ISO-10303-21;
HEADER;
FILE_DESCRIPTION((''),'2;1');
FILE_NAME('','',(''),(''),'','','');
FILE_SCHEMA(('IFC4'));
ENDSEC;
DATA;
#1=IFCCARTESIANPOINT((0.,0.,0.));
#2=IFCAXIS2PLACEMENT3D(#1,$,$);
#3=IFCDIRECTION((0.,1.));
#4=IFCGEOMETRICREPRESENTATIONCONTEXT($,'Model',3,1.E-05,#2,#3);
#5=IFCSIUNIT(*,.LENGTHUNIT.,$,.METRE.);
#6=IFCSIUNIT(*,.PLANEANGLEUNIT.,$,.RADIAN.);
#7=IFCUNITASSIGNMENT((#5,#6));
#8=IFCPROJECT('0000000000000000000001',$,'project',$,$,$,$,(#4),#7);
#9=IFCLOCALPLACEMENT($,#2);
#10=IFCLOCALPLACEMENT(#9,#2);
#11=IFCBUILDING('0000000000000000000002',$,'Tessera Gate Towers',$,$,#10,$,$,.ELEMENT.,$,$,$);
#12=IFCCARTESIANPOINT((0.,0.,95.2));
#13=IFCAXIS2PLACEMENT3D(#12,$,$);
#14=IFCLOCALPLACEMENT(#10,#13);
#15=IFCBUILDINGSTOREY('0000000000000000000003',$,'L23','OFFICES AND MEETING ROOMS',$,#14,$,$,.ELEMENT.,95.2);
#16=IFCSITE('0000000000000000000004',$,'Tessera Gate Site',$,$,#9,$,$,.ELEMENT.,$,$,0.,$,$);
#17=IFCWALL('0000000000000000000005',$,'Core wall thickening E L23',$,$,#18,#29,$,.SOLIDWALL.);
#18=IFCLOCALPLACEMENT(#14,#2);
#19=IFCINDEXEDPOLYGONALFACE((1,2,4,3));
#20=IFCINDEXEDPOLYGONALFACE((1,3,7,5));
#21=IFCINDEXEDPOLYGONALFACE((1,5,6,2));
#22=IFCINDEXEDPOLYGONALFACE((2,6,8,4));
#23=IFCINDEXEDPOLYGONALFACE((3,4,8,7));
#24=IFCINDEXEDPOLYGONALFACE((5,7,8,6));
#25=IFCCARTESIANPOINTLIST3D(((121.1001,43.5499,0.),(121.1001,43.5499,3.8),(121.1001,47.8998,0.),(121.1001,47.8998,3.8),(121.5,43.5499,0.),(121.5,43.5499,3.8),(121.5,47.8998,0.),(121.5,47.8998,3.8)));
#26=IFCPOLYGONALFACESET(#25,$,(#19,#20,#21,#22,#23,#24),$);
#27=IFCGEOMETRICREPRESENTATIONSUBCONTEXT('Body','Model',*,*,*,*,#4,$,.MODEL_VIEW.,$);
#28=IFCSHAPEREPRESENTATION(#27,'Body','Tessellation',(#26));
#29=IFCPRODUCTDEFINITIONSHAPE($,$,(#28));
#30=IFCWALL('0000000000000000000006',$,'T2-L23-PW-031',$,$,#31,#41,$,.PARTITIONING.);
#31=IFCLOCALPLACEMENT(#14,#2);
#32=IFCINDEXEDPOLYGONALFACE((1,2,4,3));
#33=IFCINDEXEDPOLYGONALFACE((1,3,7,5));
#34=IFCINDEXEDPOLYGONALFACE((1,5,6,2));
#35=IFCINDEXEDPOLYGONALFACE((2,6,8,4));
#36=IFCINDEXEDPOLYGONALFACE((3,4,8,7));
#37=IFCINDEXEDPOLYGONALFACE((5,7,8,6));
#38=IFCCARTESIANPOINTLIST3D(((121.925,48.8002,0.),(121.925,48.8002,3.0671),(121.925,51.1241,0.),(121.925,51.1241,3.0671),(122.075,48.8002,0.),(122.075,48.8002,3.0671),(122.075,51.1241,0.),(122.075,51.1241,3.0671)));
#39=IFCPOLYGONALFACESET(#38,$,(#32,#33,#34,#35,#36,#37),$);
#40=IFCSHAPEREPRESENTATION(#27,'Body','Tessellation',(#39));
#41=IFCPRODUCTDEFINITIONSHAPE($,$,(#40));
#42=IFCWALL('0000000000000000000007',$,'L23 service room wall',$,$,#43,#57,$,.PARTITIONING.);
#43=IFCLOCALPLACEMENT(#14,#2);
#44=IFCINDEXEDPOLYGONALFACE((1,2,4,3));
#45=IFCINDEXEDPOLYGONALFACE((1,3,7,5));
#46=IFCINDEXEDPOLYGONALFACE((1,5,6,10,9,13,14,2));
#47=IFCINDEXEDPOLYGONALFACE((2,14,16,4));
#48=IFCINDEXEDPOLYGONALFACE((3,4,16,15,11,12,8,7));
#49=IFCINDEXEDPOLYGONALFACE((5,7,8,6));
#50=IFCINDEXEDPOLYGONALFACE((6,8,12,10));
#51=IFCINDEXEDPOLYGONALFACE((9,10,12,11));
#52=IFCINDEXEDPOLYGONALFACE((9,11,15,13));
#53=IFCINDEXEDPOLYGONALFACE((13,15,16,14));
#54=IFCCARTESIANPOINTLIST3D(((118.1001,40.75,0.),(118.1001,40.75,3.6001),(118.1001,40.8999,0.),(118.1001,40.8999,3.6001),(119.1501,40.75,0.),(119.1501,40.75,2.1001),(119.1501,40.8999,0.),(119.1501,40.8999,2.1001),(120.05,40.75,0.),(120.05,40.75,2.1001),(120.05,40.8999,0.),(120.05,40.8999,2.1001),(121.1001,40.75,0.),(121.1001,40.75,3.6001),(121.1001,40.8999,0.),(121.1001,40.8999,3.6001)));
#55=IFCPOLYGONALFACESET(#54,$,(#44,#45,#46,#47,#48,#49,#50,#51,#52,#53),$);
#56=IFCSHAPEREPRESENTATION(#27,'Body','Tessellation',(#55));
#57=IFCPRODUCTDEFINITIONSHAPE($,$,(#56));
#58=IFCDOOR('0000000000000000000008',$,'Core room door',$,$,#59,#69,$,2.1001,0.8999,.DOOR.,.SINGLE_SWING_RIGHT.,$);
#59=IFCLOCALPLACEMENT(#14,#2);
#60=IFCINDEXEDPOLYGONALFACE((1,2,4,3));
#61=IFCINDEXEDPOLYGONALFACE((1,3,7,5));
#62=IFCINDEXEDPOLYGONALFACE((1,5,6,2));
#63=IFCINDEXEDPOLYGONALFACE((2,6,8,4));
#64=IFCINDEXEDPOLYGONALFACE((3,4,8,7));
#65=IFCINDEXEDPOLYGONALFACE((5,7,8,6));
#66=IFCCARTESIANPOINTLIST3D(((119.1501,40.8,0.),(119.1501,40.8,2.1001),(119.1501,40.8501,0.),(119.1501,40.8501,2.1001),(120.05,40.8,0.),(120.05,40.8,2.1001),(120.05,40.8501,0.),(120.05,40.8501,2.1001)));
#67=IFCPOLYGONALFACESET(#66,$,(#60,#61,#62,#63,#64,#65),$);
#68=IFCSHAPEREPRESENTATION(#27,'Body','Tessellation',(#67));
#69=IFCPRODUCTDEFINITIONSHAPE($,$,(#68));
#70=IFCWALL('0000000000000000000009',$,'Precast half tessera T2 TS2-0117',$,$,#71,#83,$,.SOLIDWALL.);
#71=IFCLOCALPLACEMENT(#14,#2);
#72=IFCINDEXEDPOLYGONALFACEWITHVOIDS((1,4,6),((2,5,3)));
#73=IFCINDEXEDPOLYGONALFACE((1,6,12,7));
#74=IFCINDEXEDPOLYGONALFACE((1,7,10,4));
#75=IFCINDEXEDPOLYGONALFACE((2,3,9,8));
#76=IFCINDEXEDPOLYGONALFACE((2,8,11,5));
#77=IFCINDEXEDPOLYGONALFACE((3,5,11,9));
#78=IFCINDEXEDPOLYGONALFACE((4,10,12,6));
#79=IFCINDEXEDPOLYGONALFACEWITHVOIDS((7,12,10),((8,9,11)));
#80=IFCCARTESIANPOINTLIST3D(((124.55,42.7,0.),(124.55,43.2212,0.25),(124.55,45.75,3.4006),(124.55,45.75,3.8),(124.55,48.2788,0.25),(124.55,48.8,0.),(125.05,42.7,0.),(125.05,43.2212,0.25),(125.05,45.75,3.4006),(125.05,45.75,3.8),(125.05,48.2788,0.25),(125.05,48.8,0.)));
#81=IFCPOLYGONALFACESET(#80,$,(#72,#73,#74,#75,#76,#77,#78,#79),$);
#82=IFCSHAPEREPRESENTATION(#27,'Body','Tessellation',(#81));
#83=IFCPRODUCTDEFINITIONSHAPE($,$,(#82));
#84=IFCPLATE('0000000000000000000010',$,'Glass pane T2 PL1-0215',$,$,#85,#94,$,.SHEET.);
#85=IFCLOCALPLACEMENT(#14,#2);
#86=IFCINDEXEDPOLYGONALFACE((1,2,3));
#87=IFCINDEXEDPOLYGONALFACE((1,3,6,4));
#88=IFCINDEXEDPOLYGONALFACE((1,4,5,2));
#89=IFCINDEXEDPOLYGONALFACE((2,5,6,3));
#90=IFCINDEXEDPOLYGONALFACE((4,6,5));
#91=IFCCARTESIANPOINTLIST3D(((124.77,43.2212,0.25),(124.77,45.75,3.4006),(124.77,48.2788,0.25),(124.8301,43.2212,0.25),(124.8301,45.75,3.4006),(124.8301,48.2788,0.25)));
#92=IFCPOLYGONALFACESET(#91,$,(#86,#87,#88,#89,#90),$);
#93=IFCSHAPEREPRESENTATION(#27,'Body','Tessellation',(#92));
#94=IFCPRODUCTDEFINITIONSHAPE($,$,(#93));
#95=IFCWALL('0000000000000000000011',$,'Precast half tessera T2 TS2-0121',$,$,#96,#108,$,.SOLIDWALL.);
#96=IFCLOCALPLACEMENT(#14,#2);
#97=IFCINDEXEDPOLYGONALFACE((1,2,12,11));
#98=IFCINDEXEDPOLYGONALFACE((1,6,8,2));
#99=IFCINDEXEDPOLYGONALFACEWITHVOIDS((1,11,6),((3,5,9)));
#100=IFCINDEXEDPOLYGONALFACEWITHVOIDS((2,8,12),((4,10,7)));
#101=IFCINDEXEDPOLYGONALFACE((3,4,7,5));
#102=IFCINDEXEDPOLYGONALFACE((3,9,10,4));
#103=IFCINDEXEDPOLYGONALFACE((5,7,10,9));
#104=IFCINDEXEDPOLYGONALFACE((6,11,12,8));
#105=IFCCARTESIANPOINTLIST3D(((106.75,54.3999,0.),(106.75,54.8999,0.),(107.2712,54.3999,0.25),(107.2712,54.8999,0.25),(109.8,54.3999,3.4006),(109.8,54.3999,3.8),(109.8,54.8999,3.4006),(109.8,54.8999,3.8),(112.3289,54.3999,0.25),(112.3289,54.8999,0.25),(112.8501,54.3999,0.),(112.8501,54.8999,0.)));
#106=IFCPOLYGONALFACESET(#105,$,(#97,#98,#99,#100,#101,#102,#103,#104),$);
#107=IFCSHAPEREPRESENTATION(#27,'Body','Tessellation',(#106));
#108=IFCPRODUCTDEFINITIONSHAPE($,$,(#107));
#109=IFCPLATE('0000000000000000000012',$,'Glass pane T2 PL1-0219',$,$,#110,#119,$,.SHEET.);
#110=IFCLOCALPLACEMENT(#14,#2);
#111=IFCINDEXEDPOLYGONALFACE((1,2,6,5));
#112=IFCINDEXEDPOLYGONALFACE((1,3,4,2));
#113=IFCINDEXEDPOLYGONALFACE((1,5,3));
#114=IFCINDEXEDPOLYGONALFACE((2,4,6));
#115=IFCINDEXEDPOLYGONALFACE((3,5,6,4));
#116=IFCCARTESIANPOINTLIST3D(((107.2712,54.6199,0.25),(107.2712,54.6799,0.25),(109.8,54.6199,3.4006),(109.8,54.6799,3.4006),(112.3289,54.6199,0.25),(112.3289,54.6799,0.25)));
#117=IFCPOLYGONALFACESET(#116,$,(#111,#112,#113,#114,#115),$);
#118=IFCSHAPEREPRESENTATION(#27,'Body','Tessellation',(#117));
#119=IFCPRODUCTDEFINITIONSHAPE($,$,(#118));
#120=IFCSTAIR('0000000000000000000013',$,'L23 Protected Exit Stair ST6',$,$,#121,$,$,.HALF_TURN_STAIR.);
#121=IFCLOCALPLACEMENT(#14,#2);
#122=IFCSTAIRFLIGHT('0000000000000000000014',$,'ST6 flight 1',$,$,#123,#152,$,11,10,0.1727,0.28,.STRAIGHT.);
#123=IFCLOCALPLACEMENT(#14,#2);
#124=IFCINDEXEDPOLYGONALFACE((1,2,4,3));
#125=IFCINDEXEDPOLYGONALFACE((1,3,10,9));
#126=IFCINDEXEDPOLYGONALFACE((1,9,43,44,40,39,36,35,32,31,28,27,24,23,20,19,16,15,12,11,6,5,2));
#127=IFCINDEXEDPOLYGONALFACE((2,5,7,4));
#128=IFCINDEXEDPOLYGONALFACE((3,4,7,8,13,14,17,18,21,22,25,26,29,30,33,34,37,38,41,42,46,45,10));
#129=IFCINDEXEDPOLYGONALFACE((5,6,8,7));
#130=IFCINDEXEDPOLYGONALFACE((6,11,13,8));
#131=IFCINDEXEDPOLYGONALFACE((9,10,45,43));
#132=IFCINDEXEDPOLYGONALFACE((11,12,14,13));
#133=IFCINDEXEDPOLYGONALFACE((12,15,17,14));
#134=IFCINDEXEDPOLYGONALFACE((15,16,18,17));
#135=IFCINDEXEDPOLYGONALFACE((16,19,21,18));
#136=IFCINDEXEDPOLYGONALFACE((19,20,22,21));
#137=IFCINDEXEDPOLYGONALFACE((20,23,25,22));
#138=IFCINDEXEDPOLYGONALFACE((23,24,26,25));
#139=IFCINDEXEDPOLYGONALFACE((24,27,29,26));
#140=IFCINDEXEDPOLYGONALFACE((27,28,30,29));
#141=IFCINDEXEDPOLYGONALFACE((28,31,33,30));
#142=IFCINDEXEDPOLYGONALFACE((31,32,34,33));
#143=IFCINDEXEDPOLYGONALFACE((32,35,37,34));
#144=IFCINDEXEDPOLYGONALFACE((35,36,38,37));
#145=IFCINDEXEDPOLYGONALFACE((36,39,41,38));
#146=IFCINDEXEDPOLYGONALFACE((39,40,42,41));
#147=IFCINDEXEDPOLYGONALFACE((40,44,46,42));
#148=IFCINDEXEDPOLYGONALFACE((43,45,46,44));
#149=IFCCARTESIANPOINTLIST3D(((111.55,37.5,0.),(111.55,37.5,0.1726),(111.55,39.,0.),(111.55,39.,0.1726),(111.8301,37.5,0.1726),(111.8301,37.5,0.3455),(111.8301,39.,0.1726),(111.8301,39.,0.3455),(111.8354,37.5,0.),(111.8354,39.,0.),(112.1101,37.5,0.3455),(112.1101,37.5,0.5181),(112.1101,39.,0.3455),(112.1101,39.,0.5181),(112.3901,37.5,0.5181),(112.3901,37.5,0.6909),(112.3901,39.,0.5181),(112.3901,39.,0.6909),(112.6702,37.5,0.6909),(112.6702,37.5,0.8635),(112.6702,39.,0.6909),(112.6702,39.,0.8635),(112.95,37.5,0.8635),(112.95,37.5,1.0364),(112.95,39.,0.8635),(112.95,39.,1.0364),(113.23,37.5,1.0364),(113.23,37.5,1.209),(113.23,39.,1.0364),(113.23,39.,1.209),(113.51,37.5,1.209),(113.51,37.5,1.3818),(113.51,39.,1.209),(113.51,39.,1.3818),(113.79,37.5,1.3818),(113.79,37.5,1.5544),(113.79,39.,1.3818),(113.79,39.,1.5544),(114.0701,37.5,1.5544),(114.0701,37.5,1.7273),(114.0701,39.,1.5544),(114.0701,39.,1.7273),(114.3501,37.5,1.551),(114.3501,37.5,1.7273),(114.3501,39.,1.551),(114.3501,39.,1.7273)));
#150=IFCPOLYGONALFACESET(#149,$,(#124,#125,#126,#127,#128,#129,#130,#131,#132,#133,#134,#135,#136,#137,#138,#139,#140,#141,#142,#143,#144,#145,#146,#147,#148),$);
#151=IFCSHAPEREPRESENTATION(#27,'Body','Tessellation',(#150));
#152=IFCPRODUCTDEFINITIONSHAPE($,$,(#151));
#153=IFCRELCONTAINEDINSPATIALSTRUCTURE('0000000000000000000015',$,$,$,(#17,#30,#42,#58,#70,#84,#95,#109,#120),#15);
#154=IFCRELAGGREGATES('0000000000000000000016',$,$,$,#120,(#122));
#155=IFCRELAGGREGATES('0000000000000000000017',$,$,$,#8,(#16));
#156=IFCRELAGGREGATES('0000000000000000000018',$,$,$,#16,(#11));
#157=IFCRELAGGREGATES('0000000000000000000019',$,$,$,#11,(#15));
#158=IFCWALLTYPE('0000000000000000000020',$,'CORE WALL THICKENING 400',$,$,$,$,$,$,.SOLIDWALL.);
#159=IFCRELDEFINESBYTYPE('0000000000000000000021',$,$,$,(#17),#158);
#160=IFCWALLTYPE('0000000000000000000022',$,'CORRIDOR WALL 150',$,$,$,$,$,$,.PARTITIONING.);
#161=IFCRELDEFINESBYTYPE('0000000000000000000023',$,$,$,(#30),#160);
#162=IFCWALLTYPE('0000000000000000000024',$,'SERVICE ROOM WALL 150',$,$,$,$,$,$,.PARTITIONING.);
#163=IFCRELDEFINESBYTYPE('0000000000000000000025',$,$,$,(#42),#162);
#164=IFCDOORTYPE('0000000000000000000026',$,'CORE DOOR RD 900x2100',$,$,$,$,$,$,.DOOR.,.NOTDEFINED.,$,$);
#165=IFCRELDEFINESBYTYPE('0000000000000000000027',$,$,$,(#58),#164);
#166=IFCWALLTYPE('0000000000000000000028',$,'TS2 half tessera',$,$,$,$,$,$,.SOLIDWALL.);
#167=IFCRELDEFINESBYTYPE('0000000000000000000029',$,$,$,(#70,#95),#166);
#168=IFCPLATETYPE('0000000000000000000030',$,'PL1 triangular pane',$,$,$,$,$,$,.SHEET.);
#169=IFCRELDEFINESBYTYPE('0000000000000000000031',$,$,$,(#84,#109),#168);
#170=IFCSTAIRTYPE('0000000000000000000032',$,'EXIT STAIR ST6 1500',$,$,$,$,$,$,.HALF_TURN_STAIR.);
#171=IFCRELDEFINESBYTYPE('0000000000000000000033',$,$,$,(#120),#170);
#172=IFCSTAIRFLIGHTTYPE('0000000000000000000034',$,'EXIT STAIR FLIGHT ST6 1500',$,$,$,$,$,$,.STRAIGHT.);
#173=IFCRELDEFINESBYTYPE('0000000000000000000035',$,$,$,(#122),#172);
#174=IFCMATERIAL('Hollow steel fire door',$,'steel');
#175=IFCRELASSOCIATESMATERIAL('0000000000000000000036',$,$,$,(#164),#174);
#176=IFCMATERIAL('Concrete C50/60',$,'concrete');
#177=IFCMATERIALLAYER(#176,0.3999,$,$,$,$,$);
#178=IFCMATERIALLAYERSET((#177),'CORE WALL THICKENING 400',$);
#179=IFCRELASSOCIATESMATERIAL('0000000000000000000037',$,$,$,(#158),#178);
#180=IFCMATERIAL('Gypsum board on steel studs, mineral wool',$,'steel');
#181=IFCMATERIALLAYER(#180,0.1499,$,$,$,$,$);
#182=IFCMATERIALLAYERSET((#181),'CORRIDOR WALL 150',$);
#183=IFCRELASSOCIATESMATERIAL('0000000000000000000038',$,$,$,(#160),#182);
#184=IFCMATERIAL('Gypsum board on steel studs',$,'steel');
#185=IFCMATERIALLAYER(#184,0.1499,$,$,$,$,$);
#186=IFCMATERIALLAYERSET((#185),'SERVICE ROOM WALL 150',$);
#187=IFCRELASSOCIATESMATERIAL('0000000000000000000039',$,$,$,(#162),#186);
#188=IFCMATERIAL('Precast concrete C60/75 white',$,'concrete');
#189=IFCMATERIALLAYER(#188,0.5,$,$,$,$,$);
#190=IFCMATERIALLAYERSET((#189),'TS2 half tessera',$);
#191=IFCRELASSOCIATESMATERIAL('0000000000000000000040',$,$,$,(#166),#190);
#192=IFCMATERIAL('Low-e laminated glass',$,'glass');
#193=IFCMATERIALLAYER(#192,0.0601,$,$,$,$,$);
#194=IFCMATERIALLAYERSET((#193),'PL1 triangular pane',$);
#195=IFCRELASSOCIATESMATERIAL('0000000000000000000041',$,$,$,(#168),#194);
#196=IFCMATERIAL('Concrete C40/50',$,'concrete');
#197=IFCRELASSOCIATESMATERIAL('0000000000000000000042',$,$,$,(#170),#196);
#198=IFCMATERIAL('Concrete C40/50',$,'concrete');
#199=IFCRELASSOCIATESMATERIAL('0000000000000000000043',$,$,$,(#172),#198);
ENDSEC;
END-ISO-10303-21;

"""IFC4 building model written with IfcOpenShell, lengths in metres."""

from ifc_helpers import new_model, si_unit, direction, frame, frame_2d, origin, place, context, subcontext, project, spatial, polyline, rectangle, outline, extrude, source, transform, mapped, material, layer, layer_set, type_object, element, fill, aggregate, save


model = new_model("IFC4")

# Units and contexts
model_context = context("Model", 3, precision=1e-05, world=origin(), true_north=direction((0.0, 1.0)))
body_context = subcontext(model_context, "Body", "Model", "MODEL_VIEW")
ifc_project = project(units=[si_unit("LENGTHUNIT", "METRE"), si_unit("PLANEANGLEUNIT", "RADIAN")], contexts=[model_context])

# Site, building, storey
site_placement = place(None, origin())
site = spatial("IfcSite", under=ifc_project, at=site_placement, Name="Tessera Gate Site", CompositionType="ELEMENT", RefElevation=0.0)
building_placement = place(site_placement, origin())
building = spatial("IfcBuilding", under=site, at=building_placement, Name="Tessera Gate Towers", CompositionType="ELEMENT")
storey_placement = place(building_placement, frame((0.0, 0.0, 95.2)))
storey = spatial("IfcBuildingStorey", under=building, at=storey_placement, Name="L23", Description="OFFICES AND MEETING ROOMS", CompositionType="ELEMENT", Elevation=95.2)

# Shared definitions
ifc_material_1 = material(Name="Hollow steel fire door", Category="steel")
door_type_1 = type_object("IfcDoorType", Name="CORE DOOR RD 900x2100", OperationType="NOTDEFINED", PredefinedType="DOOR", material=ifc_material_1)
shared_shape_1 = source(origin(), body_context, "Body", "SweptSolid", [
    extrude(rectangle(XDim=0.8999, YDim=2.1001, at=frame_2d((0.45, 1.05))), frame((0.0, 0.0249, 0.0), z_axis=(0.0, -1.0, 0.0), x_axis=(1.0, 0.0, 0.0)), (0.0, 0.0, 1.0), 0.05),
])

# Walls
ifc_material_2 = material(Name="Concrete C50/60", Category="concrete")
ifc_layer_1 = layer(ifc_material_2, 0.3999)
ifc_layer_set_1 = layer_set([ifc_layer_1], Name="CORE WALL THICKENING 400")
wall_type_1 = type_object("IfcWallType", Name="CORE WALL THICKENING 400", PredefinedType="SOLIDWALL", material=ifc_layer_set_1)
wall_1_placement = place(storey_placement, frame((121.3, 43.55, 0.0), z_axis=(0.0, 0.0, 1.0), x_axis=(0.0, 1.0, 0.0)))
element("IfcWall", 1, at=wall_1_placement, inside=storey, type_object=wall_type_1, Name="Core wall thickening E L23", PredefinedType="SOLIDWALL", context=body_context, shape_type="SweptSolid", body=[
    extrude(rectangle(XDim=4.3499, YDim=0.3999, at=frame_2d((2.1748, 0.0))), origin(), (0.0, 0.0, 1.0), 3.8),
])
ifc_material_3 = material(Name="Gypsum board on steel studs, mineral wool", Category="steel")
ifc_layer_2 = layer(ifc_material_3, 0.1499)
ifc_layer_set_2 = layer_set([ifc_layer_2], Name="CORRIDOR WALL 150")
wall_type_2 = type_object("IfcWallType", Name="CORRIDOR WALL 150", PredefinedType="PARTITIONING", material=ifc_layer_set_2)
wall_2_placement = place(storey_placement, frame((122.0, 48.8, 0.0), z_axis=(0.0, 0.0, 1.0), x_axis=(0.0, 1.0, 0.0)))
element("IfcWall", 2, at=wall_2_placement, inside=storey, type_object=wall_type_2, Name="T2-L23-PW-031", PredefinedType="PARTITIONING", context=body_context, shape_type="SweptSolid", body=[
    extrude(rectangle(XDim=2.324, YDim=0.1499, at=frame_2d((1.1621, 0.0))), origin(), (0.0, 0.0, 1.0), 3.0671),
])

# Wall, opening, door
ifc_material_4 = material(Name="Gypsum board on steel studs", Category="steel")
ifc_layer_3 = layer(ifc_material_4, 0.1499)
ifc_layer_set_3 = layer_set([ifc_layer_3], Name="SERVICE ROOM WALL 150")
wall_type_3 = type_object("IfcWallType", Name="SERVICE ROOM WALL 150", PredefinedType="PARTITIONING", material=ifc_layer_set_3)
wall_3_placement = place(storey_placement, frame((121.1001, 40.825, 0.0), z_axis=(0.0, 0.0, 1.0), x_axis=(-1.0, 0.0, 0.0)))
wall_3 = element("IfcWall", 3, at=wall_3_placement, inside=storey, type_object=wall_type_3, Name="L23 service room wall", PredefinedType="PARTITIONING", context=body_context, shape_type="SweptSolid", body=[
    extrude(rectangle(XDim=3.0, YDim=0.1499, at=frame_2d((1.5, 0.0))), origin(), (0.0, 0.0, 1.0), 3.6001),
])
shared_shape_2 = source(origin(), body_context, "Body", "SweptSolid", [
    extrude(rectangle(XDim=0.8999, YDim=2.1001, at=frame_2d((0.45, 1.05))), frame((0.0, 0.085, 0.0), z_axis=(0.0, -1.0, 0.0), x_axis=(1.0, 0.0, 0.0)), (0.0, 0.0, 1.0), 0.1699),
])
opening_1_placement = place(wall_3_placement, frame((1.05, 0.0, 0.0)))
opening_1 = element("IfcOpeningElement", 4, at=opening_1_placement, cuts=wall_3, PredefinedType="OPENING", context=body_context, shape_type="MappedRepresentation", body=[
    mapped(shared_shape_2, transform((0.0, 0.0, 0.0), scale=1.0)),
])
door_1_placement = place(opening_1_placement, origin())
door_1 = element("IfcDoor", 5, at=door_1_placement, inside=storey, type_object=door_type_1, Name="Core room door", OperationType="SINGLE_SWING_RIGHT", OverallHeight=2.1001, OverallWidth=0.8999, PredefinedType="DOOR", context=body_context, shape_type="MappedRepresentation", body=[
    mapped(shared_shape_1, transform((0.0, 0.0, 0.0), scale=1.0)),
])
fill(opening_1, door_1)

# Walls, openings, plates
ifc_material_5 = material(Name="Precast concrete C60/75 white", Category="concrete")
ifc_layer_4 = layer(ifc_material_5, 0.5)
ifc_layer_set_4 = layer_set([ifc_layer_4], Name="TS2 half tessera")
wall_type_4 = type_object("IfcWallType", Name="TS2 half tessera", PredefinedType="SOLIDWALL", material=ifc_layer_set_4)
shared_shape_3 = source(origin(), body_context, "Body", "SweptSolid", [
    extrude(outline(polyline([(6.1001, 0.0), (3.05, 3.8), (0.0, 0.0), (6.1001, 0.0)])), frame((0.0, 0.25, 0.0), z_axis=(0.0, -1.0, 0.0), x_axis=(1.0, 0.0, 0.0)), (0.0, 0.0, 1.0), 0.5),
])
wall_4_placement = place(storey_placement, frame((124.8, 42.7, 0.0), z_axis=(0.0, 0.0, 1.0), x_axis=(0.0, 1.0, 0.0)))
wall_4 = element("IfcWall", 6, at=wall_4_placement, inside=storey, type_object=wall_type_4, Name="Precast half tessera T2 TS2-0117", PredefinedType="SOLIDWALL", context=body_context, shape_type="MappedRepresentation", body=[
    mapped(shared_shape_3, transform((0.0, 0.0, 0.0), scale=1.0)),
])
shared_shape_4 = source(origin(), body_context, "Body", "SweptSolid", [
    extrude(outline(polyline([(5.5789, 0.25), (3.05, 3.4006), (0.5212, 0.25), (5.5789, 0.25)])), frame((0.0, 0.26, 0.0), z_axis=(0.0, -1.0, 0.0), x_axis=(1.0, 0.0, 0.0)), (0.0, 0.0, 1.0), 0.52),
])
opening_2_placement = place(wall_4_placement, origin())
opening_2 = element("IfcOpeningElement", 7, at=opening_2_placement, cuts=wall_4, PredefinedType="OPENING", context=body_context, shape_type="MappedRepresentation", body=[
    mapped(shared_shape_4, transform((0.0, 0.0, 0.0), scale=1.0)),
])
ifc_material_6 = material(Name="Low-e laminated glass", Category="glass")
ifc_layer_5 = layer(ifc_material_6, 0.0601)
ifc_layer_set_5 = layer_set([ifc_layer_5], Name="PL1 triangular pane")
plate_type = type_object("IfcPlateType", Name="PL1 triangular pane", PredefinedType="SHEET", material=ifc_layer_set_5)
shared_shape_5 = source(origin(), body_context, "Body", "SweptSolid", [
    extrude(outline(polyline([(5.5789, 0.25), (3.05, 3.4006), (0.5212, 0.25), (5.5789, 0.25)])), frame((0.0, 0.03, 0.0), z_axis=(0.0, -1.0, 0.0), x_axis=(1.0, 0.0, 0.0)), (0.0, 0.0, 1.0), 0.0601),
])
plate_1_placement = place(opening_2_placement, origin())
plate_1 = element("IfcPlate", 8, at=plate_1_placement, inside=storey, type_object=plate_type, Name="Glass pane T2 PL1-0215", PredefinedType="SHEET", context=body_context, shape_type="MappedRepresentation", body=[
    mapped(shared_shape_5, transform((0.0, 0.0, 0.0), scale=1.0)),
])
fill(opening_2, plate_1)
wall_5_placement = place(storey_placement, frame((112.8501, 54.6499, 0.0), z_axis=(0.0, 0.0, 1.0), x_axis=(-1.0, 0.0, 0.0)))
wall_5 = element("IfcWall", 9, at=wall_5_placement, inside=storey, type_object=wall_type_4, Name="Precast half tessera T2 TS2-0121", PredefinedType="SOLIDWALL", context=body_context, shape_type="MappedRepresentation", body=[
    mapped(shared_shape_3, transform((0.0, 0.0, 0.0), scale=1.0)),
])
opening_3_placement = place(wall_5_placement, origin())
opening_3 = element("IfcOpeningElement", 10, at=opening_3_placement, cuts=wall_5, PredefinedType="OPENING", context=body_context, shape_type="MappedRepresentation", body=[
    mapped(shared_shape_4, transform((0.0, 0.0, 0.0), scale=1.0)),
])
plate_2_placement = place(opening_3_placement, origin())
plate_2 = element("IfcPlate", 11, at=plate_2_placement, inside=storey, type_object=plate_type, Name="Glass pane T2 PL1-0219", PredefinedType="SHEET", context=body_context, shape_type="MappedRepresentation", body=[
    mapped(shared_shape_5, transform((0.0, 0.0, 0.0), scale=1.0)),
])
fill(opening_3, plate_2)

# Stair, stair flight
ifc_material_7 = material(Name="Concrete C40/50", Category="concrete")
stair_type = type_object("IfcStairType", Name="EXIT STAIR ST6 1500", PredefinedType="HALF_TURN_STAIR", material=ifc_material_7)
stair_placement = place(storey_placement, origin())
stair = element("IfcStair", 12, at=stair_placement, inside=storey, type_object=stair_type, Name="L23 Protected Exit Stair ST6", PredefinedType="HALF_TURN_STAIR")
ifc_material_8 = material(Name="Concrete C40/50", Category="concrete")
stair_flight_type = type_object("IfcStairFlightType", Name="EXIT STAIR FLIGHT ST6 1500", PredefinedType="STRAIGHT", material=ifc_material_8)
stair_flight_1_placement = place(storey_placement, frame((111.55, 38.25, 0.0), z_axis=(0.0, 0.0, 1.0), x_axis=(1.0, 0.0, 0.0)))
stair_flight_1 = element("IfcStairFlight", 13, at=stair_flight_1_placement, type_object=stair_flight_type, Name="ST6 flight 1", NumberOfRisers=11, NumberOfTreads=10, PredefinedType="STRAIGHT", RiserHeight=0.1727, TreadLength=0.28, context=body_context, shape_type="SweptSolid", body=[
    extrude(outline(polyline([(0.0, 0.0), (0.0, 0.1726), (0.28, 0.1726), (0.28, 0.3455), (0.5601, 0.3455), (0.5601, 0.5181), (0.8401, 0.5181), (0.8401, 0.6909), (1.1201, 0.6909), (1.1201, 0.8635), (1.3999, 0.8635), (1.3999, 1.0364), (1.6799, 1.0364), (1.6799, 1.209), (1.96, 1.209), (1.96, 1.3818), (2.24, 1.3818), (2.24, 1.5544), (2.52, 1.5544), (2.52, 1.7273), (2.8, 1.7273), (2.8, 1.8999), (2.8, 1.551), (0.2854, 0.0), (0.0, 0.0)])), frame((0.0, 0.75, 0.0), z_axis=(0.0, -1.0, 0.0), x_axis=(1.0, 0.0, 0.0)), (0.0, 0.0, 1.0), 1.5),
])
aggregate(stair, [stair_flight_1])

save(model, "model.ifc")
